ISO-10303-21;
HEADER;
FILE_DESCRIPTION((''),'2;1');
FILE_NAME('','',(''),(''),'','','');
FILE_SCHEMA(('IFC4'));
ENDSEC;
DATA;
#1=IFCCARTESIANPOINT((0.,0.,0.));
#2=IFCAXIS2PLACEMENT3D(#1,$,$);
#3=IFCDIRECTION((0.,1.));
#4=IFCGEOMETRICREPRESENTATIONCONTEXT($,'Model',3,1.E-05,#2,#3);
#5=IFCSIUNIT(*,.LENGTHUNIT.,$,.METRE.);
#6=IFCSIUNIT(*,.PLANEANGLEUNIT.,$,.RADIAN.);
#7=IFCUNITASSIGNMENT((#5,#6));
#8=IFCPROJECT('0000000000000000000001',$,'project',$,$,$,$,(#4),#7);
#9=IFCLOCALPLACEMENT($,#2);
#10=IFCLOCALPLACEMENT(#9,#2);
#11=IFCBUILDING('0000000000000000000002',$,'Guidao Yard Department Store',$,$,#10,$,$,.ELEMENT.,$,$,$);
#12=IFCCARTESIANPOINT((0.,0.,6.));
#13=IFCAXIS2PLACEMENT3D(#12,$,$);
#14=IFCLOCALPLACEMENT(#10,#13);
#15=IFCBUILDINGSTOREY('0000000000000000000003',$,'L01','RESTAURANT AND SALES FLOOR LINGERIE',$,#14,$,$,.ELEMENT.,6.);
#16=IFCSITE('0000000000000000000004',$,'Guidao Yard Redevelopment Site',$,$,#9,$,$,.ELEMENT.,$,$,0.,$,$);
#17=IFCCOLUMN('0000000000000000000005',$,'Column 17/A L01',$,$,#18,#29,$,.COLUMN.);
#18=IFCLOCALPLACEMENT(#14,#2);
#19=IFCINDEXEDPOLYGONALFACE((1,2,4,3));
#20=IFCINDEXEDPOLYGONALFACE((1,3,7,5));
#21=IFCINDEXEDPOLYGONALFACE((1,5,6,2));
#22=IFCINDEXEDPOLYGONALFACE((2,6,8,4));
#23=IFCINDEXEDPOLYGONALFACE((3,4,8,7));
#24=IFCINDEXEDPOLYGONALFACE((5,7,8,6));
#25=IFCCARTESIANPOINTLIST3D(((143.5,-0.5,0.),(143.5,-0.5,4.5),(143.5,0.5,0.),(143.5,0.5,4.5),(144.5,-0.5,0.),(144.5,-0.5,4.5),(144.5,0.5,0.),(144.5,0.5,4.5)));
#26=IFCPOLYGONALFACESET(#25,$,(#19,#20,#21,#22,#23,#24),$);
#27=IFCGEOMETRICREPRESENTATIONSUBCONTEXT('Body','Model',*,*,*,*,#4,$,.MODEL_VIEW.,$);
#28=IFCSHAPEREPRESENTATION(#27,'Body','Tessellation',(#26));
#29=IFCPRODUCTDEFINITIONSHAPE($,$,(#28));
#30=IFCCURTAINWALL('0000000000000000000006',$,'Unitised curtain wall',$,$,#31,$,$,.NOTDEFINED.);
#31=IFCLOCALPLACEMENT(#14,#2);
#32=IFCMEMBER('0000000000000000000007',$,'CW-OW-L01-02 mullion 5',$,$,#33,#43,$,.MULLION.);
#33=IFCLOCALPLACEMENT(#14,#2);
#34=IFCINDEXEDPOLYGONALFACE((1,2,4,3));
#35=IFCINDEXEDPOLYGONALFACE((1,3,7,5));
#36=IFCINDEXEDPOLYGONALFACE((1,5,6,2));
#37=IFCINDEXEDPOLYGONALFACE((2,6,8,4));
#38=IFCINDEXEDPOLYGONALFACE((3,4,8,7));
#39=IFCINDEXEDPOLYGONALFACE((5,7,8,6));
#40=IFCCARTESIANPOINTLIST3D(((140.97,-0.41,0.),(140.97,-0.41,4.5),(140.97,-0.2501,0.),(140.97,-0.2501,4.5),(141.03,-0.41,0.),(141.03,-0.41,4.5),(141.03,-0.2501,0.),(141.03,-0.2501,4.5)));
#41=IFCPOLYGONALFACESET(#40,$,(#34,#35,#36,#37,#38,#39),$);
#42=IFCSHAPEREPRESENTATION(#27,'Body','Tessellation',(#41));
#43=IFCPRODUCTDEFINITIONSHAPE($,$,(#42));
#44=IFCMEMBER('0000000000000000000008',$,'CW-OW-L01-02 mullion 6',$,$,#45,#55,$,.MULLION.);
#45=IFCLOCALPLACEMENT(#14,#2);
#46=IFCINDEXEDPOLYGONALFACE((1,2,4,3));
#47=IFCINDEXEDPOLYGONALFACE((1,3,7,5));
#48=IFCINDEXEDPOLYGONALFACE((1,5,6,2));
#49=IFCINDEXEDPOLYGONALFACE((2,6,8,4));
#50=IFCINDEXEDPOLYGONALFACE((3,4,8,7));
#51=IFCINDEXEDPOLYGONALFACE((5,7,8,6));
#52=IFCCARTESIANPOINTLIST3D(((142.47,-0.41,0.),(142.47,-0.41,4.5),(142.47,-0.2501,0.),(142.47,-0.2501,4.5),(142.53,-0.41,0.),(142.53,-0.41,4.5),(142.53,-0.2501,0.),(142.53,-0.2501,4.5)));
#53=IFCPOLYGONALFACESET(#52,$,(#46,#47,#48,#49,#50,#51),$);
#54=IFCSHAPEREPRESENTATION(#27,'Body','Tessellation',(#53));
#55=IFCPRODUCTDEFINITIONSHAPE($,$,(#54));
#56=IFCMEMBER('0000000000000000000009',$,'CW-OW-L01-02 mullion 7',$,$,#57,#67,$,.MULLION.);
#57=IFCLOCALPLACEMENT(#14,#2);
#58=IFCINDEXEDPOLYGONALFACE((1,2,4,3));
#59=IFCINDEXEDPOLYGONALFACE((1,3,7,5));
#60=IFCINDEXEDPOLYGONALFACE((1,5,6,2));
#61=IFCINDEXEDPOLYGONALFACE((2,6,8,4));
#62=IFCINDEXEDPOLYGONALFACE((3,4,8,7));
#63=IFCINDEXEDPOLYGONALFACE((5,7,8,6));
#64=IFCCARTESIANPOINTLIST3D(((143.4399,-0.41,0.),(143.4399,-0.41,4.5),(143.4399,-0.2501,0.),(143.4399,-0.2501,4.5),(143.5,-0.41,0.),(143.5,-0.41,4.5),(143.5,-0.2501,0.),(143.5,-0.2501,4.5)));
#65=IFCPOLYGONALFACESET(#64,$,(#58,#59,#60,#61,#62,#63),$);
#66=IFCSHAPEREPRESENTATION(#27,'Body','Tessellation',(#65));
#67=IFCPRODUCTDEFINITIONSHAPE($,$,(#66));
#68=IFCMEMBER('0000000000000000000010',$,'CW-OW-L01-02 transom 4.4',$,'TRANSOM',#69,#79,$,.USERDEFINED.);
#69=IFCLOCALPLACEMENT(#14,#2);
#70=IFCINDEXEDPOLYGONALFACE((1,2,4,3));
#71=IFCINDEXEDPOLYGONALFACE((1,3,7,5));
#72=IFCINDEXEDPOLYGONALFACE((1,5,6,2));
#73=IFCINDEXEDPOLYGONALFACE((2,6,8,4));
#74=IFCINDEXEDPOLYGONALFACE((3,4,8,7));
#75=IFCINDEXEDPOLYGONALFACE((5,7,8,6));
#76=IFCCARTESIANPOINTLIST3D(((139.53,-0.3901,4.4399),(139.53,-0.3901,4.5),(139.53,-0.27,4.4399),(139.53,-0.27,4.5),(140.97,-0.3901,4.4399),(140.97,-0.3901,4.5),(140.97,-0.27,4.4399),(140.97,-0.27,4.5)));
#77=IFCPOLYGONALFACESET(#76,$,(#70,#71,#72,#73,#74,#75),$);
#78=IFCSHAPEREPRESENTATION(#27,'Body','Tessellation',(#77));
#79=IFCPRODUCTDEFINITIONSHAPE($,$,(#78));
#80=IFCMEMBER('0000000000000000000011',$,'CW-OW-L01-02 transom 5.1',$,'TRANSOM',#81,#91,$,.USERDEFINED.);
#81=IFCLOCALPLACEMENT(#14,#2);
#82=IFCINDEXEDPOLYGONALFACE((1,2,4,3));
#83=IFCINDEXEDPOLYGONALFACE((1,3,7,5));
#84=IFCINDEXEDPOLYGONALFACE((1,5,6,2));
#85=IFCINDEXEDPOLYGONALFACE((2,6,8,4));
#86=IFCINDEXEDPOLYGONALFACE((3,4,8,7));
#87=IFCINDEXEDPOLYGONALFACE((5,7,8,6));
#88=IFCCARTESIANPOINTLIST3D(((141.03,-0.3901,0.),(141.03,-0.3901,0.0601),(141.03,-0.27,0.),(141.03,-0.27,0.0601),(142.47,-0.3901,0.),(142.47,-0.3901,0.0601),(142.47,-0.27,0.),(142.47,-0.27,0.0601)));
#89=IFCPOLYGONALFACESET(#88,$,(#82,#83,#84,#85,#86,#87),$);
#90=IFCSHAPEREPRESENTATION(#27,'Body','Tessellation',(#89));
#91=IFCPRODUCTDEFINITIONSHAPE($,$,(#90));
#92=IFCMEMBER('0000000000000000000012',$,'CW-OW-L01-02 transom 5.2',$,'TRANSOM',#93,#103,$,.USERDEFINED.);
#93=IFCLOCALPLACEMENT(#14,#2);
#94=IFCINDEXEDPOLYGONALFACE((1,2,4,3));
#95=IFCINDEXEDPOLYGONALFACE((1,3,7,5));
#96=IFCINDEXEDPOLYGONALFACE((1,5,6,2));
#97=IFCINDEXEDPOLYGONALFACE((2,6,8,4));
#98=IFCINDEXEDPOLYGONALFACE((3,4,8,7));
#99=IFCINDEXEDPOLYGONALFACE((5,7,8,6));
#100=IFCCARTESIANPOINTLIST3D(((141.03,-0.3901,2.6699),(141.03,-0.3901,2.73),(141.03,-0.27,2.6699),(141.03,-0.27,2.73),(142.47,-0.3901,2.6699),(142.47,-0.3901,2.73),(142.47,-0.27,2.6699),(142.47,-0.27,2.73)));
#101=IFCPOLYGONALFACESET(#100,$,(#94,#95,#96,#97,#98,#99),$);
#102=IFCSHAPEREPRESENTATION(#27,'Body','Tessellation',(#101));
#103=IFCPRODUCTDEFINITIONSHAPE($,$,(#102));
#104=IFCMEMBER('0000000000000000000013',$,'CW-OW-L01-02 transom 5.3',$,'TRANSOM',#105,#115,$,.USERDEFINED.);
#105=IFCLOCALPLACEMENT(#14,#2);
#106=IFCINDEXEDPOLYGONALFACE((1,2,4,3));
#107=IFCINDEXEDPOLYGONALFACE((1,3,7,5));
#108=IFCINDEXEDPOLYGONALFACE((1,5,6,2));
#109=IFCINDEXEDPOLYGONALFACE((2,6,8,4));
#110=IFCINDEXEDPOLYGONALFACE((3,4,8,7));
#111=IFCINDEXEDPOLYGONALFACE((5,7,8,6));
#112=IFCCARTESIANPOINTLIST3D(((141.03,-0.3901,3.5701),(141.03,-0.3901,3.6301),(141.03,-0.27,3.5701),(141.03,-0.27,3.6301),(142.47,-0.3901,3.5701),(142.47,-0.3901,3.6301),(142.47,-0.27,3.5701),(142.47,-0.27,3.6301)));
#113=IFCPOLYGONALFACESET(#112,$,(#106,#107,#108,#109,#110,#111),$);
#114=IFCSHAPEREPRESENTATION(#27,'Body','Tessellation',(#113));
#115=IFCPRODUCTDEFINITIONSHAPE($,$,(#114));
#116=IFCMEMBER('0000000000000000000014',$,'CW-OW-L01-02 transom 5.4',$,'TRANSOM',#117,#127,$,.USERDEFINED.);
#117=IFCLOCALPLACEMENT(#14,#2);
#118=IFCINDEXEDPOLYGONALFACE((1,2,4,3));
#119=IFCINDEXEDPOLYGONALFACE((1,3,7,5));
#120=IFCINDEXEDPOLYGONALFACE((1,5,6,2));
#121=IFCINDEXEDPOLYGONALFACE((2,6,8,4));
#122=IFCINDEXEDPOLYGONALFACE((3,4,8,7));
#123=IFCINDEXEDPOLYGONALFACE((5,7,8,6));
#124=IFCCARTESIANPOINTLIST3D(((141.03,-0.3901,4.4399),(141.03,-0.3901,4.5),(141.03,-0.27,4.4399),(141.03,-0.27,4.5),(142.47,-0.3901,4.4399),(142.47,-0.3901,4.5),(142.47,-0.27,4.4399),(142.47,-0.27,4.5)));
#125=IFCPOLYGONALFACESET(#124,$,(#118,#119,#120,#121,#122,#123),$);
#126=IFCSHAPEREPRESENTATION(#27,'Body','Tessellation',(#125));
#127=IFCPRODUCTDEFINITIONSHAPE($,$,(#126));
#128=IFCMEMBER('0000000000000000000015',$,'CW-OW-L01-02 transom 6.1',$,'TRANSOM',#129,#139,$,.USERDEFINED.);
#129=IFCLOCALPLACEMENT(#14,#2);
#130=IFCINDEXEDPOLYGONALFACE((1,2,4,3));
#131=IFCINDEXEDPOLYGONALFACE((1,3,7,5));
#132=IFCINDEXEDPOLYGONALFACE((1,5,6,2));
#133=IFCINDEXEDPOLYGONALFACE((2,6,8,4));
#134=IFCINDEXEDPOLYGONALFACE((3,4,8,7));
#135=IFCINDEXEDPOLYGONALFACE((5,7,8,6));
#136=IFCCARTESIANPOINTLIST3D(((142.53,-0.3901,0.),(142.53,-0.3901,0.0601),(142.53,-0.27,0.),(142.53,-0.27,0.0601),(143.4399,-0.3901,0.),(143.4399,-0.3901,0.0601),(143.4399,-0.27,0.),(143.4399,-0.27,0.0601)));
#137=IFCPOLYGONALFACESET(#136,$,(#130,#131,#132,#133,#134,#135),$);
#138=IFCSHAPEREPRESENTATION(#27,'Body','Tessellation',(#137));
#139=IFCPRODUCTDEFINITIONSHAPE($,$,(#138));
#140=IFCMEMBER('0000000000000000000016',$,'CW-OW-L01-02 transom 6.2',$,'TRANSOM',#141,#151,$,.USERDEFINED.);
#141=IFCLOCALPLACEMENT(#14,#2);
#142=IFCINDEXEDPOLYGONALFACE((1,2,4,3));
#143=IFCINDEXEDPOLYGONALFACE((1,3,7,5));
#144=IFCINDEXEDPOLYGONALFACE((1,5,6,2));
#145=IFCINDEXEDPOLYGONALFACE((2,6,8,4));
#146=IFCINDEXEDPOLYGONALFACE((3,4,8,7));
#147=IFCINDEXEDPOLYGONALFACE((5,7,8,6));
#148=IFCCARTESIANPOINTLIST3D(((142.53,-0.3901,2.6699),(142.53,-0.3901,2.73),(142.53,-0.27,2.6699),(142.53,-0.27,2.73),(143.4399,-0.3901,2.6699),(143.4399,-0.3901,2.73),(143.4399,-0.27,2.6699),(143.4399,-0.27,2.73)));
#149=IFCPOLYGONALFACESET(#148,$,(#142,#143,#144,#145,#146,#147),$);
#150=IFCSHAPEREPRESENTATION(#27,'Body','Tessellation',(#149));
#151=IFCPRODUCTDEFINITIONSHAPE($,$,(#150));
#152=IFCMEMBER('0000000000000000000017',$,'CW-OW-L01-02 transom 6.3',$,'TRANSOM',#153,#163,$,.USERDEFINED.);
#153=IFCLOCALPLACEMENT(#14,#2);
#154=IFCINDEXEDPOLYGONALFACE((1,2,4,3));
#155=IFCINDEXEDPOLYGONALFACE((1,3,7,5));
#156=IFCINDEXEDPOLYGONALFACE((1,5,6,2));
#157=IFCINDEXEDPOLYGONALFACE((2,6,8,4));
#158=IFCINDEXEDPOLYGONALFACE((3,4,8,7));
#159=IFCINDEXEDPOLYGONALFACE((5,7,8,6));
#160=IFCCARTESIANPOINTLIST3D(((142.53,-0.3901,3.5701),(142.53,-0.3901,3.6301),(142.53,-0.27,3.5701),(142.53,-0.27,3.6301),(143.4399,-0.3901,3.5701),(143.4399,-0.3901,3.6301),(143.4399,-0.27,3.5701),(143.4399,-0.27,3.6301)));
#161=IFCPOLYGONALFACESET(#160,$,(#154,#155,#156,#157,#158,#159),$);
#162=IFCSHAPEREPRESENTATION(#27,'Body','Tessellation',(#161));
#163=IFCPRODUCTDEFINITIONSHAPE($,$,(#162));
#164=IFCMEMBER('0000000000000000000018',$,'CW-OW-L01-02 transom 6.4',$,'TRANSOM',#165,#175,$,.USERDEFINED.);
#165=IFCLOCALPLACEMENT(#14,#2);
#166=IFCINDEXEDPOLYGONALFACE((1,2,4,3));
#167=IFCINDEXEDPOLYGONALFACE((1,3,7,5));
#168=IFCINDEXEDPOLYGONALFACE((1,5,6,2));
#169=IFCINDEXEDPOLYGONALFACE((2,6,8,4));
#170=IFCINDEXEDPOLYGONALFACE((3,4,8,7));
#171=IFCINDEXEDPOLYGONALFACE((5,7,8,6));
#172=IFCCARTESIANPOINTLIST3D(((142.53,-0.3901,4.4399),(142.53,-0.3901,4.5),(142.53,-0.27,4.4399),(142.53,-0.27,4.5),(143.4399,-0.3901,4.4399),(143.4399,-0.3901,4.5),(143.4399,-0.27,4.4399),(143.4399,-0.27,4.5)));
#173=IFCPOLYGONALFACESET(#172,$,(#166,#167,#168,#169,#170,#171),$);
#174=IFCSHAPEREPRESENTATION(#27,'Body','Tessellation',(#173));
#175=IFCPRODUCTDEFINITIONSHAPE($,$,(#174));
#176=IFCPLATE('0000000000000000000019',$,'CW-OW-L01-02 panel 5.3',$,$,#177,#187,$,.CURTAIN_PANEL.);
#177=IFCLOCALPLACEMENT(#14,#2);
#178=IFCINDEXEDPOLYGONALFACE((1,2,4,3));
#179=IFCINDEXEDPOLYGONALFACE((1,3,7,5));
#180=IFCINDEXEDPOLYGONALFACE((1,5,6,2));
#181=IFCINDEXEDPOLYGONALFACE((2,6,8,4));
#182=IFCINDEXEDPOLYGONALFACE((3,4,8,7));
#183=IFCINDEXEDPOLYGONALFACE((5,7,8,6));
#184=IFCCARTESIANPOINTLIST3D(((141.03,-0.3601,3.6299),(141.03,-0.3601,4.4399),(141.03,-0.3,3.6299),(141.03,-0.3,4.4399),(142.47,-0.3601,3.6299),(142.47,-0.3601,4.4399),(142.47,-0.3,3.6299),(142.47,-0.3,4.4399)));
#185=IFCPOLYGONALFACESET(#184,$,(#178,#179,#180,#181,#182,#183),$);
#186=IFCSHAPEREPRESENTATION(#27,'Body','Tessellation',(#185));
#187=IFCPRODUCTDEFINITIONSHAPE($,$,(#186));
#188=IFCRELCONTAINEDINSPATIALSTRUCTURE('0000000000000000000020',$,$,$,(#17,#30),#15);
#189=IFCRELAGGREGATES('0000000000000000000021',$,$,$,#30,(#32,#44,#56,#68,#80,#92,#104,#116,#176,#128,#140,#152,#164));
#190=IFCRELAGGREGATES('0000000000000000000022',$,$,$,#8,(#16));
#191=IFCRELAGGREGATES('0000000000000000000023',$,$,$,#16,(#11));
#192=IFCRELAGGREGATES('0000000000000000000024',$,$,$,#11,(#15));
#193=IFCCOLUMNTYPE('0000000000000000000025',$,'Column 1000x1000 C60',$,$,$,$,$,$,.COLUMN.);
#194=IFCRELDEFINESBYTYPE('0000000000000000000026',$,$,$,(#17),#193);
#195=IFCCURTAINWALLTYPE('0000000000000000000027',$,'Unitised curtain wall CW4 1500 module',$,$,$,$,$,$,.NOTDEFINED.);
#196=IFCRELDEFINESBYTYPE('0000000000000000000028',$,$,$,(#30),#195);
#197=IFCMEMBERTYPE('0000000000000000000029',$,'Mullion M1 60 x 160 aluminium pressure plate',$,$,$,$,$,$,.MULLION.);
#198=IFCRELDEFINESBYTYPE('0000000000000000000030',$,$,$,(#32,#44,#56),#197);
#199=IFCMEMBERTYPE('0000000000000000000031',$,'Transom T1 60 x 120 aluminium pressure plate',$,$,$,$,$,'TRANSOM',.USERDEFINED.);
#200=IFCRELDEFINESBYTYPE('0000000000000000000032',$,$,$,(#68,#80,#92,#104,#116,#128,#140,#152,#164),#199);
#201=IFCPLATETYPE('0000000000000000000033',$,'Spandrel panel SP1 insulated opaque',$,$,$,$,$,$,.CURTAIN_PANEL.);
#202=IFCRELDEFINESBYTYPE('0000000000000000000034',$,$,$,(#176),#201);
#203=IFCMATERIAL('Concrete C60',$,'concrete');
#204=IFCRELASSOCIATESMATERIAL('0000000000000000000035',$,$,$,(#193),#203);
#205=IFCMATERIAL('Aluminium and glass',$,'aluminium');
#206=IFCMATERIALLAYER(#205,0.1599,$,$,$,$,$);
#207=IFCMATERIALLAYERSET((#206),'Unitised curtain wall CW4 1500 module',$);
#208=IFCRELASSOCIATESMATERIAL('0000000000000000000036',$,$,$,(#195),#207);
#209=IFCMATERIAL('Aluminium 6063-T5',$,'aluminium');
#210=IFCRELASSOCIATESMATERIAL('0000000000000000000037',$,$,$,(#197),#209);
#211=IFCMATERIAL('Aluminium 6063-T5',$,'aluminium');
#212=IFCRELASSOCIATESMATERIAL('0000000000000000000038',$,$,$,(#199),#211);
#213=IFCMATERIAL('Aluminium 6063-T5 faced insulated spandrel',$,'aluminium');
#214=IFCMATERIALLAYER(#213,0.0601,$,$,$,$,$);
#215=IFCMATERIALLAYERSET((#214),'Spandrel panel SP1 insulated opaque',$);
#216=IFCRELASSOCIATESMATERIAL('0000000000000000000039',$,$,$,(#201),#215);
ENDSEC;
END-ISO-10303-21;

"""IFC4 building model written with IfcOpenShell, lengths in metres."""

from ifc_helpers import new_model, si_unit, direction, frame, origin, origin_2d, place, context, subcontext, project, spatial, rectangle, extrude, material, layer, layer_set, material_profile, profile_set, type_object, element, aggregate, save


model = new_model("IFC4")

# Units and contexts
model_context = context("Model", 3, precision=1e-05, world=origin(), true_north=direction((0.0, 1.0)))
body_context = subcontext(model_context, "Body", "Model", "MODEL_VIEW")
ifc_project = project(units=[si_unit("LENGTHUNIT", "METRE"), si_unit("PLANEANGLEUNIT", "RADIAN")], contexts=[model_context])

# Site, building, storey
site_placement = place(None, origin())
site = spatial("IfcSite", under=ifc_project, at=site_placement, Name="Guidao Yard Redevelopment Site", CompositionType="ELEMENT", RefElevation=0.0)
building_placement = place(site_placement, origin())
building = spatial("IfcBuilding", under=site, at=building_placement, Name="Guidao Yard Department Store", CompositionType="ELEMENT")
storey_placement = place(building_placement, frame((0.0, 0.0, 6.0)))
storey = spatial("IfcBuildingStorey", under=building, at=storey_placement, Name="L01", Description="RESTAURANT AND SALES FLOOR LINGERIE", CompositionType="ELEMENT", Elevation=6.0)

# Column
ifc_material_1 = material(Name="Concrete C60", Category="concrete")
ifc_material_profile_1 = material_profile(ifc_material_1, rectangle(XDim=1.0, YDim=1.0, at=origin_2d()), Name="COL 1000x1000")
ifc_profile_set_1 = profile_set([ifc_material_profile_1], Name="Concrete C60")
column_type = type_object("IfcColumnType", Name="Column 1000x1000 C60", PredefinedType="COLUMN", material=ifc_profile_set_1)
column_placement = place(storey_placement, frame((144.0, 0.0, 0.0), z_axis=(0.0, 0.0, 1.0), x_axis=(1.0, 0.0, 0.0)))
element("IfcColumn", 1, at=column_placement, inside=storey, type_object=column_type, Name="Column 17/A L01", PredefinedType="COLUMN", context=body_context, shape_type="SweptSolid", body=[
    extrude(rectangle(XDim=1.0, YDim=1.0, at=origin_2d()), origin(), (0.0, 0.0, 1.0), 4.5),
])

# Curtain wall, members, plate
ifc_material_2 = material(Name="Aluminium and glass", Category="aluminium")
ifc_layer_1 = layer(ifc_material_2, 0.1599)
ifc_layer_set_1 = layer_set([ifc_layer_1], Name="Unitised curtain wall CW4 1500 module")
curtain_wall_type = type_object("IfcCurtainWallType", Name="Unitised curtain wall CW4 1500 module", PredefinedType="NOTDEFINED", material=ifc_layer_set_1)
curtain_wall_placement = place(storey_placement, origin())
curtain_wall = element("IfcCurtainWall", 2, at=curtain_wall_placement, inside=storey, type_object=curtain_wall_type, Name="Unitised curtain wall", PredefinedType="NOTDEFINED")
ifc_material_3 = material(Name="Aluminium 6063-T5", Category="aluminium")
ifc_material_profile_2 = material_profile(ifc_material_3, rectangle(XDim=0.0601, YDim=0.1599, at=origin_2d()), Name="Mullion M1 60 x 160 aluminium pressure plate")
ifc_profile_set_2 = profile_set([ifc_material_profile_2], Name="Aluminium 6063-T5")
member_type_1 = type_object("IfcMemberType", Name="Mullion M1 60 x 160 aluminium pressure plate", PredefinedType="MULLION", material=ifc_profile_set_2)
member_1_placement = place(storey_placement, frame((141.0, -0.3301, 0.0), z_axis=(0.0, 0.0, 1.0), x_axis=(-1.0, 0.0, 0.0)))
member_1 = element("IfcMember", 3, at=member_1_placement, type_object=member_type_1, Name="CW-OW-L01-02 mullion 5", PredefinedType="MULLION", context=body_context, shape_type="SweptSolid", body=[
    extrude(rectangle(XDim=0.0601, YDim=0.1599, at=origin_2d()), origin(), (0.0, 0.0, 1.0), 4.5),
])
member_2_placement = place(storey_placement, frame((142.5, -0.3301, 0.0), z_axis=(0.0, 0.0, 1.0), x_axis=(-1.0, 0.0, 0.0)))
member_2 = element("IfcMember", 4, at=member_2_placement, type_object=member_type_1, Name="CW-OW-L01-02 mullion 6", PredefinedType="MULLION", context=body_context, shape_type="SweptSolid", body=[
    extrude(rectangle(XDim=0.0601, YDim=0.1599, at=origin_2d()), origin(), (0.0, 0.0, 1.0), 4.5),
])
member_3_placement = place(storey_placement, frame((143.47, -0.3301, 0.0), z_axis=(0.0, 0.0, 1.0), x_axis=(-1.0, 0.0, 0.0)))
member_3 = element("IfcMember", 5, at=member_3_placement, type_object=member_type_1, Name="CW-OW-L01-02 mullion 7", PredefinedType="MULLION", context=body_context, shape_type="SweptSolid", body=[
    extrude(rectangle(XDim=0.0601, YDim=0.1599, at=origin_2d()), origin(), (0.0, 0.0, 1.0), 4.5),
])
ifc_material_4 = material(Name="Aluminium 6063-T5", Category="aluminium")
ifc_material_profile_3 = material_profile(ifc_material_4, rectangle(XDim=0.1201, YDim=0.0601, at=origin_2d()), Name="Transom T1 60 x 120 aluminium pressure plate")
ifc_profile_set_3 = profile_set([ifc_material_profile_3], Name="Aluminium 6063-T5")
member_type_2 = type_object("IfcMemberType", Name="Transom T1 60 x 120 aluminium pressure plate", ElementType="TRANSOM", PredefinedType="USERDEFINED", material=ifc_profile_set_3)
member_4_placement = place(storey_placement, frame((140.97, -0.3301, 4.47), z_axis=(-1.0, 0.0, 0.0), x_axis=(0.0, -1.0, 0.0)))
member_4 = element("IfcMember", 6, at=member_4_placement, type_object=member_type_2, Name="CW-OW-L01-02 transom 4.4", ObjectType="TRANSOM", PredefinedType="USERDEFINED", context=body_context, shape_type="SweptSolid", body=[
    extrude(rectangle(XDim=0.1201, YDim=0.0601, at=origin_2d()), origin(), (0.0, 0.0, 1.0), 1.4399),
])
member_5_placement = place(storey_placement, frame((142.47, -0.3301, 0.03), z_axis=(-1.0, 0.0, 0.0), x_axis=(0.0, -1.0, 0.0)))
member_5 = element("IfcMember", 7, at=member_5_placement, type_object=member_type_2, Name="CW-OW-L01-02 transom 5.1", ObjectType="TRANSOM", PredefinedType="USERDEFINED", context=body_context, shape_type="SweptSolid", body=[
    extrude(rectangle(XDim=0.1201, YDim=0.0601, at=origin_2d()), origin(), (0.0, 0.0, 1.0), 1.4399),
])
member_6_placement = place(storey_placement, frame((142.47, -0.3301, 2.7), z_axis=(-1.0, 0.0, 0.0), x_axis=(0.0, -1.0, 0.0)))
member_6 = element("IfcMember", 8, at=member_6_placement, type_object=member_type_2, Name="CW-OW-L01-02 transom 5.2", ObjectType="TRANSOM", PredefinedType="USERDEFINED", context=body_context, shape_type="SweptSolid", body=[
    extrude(rectangle(XDim=0.1201, YDim=0.0601, at=origin_2d()), origin(), (0.0, 0.0, 1.0), 1.4399),
])
member_7_placement = place(storey_placement, frame((142.47, -0.3301, 3.6001), z_axis=(-1.0, 0.0, 0.0), x_axis=(0.0, -1.0, 0.0)))
member_7 = element("IfcMember", 9, at=member_7_placement, type_object=member_type_2, Name="CW-OW-L01-02 transom 5.3", ObjectType="TRANSOM", PredefinedType="USERDEFINED", context=body_context, shape_type="SweptSolid", body=[
    extrude(rectangle(XDim=0.1201, YDim=0.0601, at=origin_2d()), origin(), (0.0, 0.0, 1.0), 1.4399),
])
member_8_placement = place(storey_placement, frame((142.47, -0.3301, 4.47), z_axis=(-1.0, 0.0, 0.0), x_axis=(0.0, -1.0, 0.0)))
member_8 = element("IfcMember", 10, at=member_8_placement, type_object=member_type_2, Name="CW-OW-L01-02 transom 5.4", ObjectType="TRANSOM", PredefinedType="USERDEFINED", context=body_context, shape_type="SweptSolid", body=[
    extrude(rectangle(XDim=0.1201, YDim=0.0601, at=origin_2d()), origin(), (0.0, 0.0, 1.0), 1.4399),
])
member_9_placement = place(storey_placement, frame((143.4399, -0.3301, 0.03), z_axis=(-1.0, 0.0, 0.0), x_axis=(0.0, -1.0, 0.0)))
member_9 = element("IfcMember", 11, at=member_9_placement, type_object=member_type_2, Name="CW-OW-L01-02 transom 6.1", ObjectType="TRANSOM", PredefinedType="USERDEFINED", context=body_context, shape_type="SweptSolid", body=[
    extrude(rectangle(XDim=0.1201, YDim=0.0601, at=origin_2d()), origin(), (0.0, 0.0, 1.0), 0.9099),
])
member_10_placement = place(storey_placement, frame((143.4399, -0.3301, 2.7), z_axis=(-1.0, 0.0, 0.0), x_axis=(0.0, -1.0, 0.0)))
member_10 = element("IfcMember", 12, at=member_10_placement, type_object=member_type_2, Name="CW-OW-L01-02 transom 6.2", ObjectType="TRANSOM", PredefinedType="USERDEFINED", context=body_context, shape_type="SweptSolid", body=[
    extrude(rectangle(XDim=0.1201, YDim=0.0601, at=origin_2d()), origin(), (0.0, 0.0, 1.0), 0.9099),
])
member_11_placement = place(storey_placement, frame((143.4399, -0.3301, 3.6001), z_axis=(-1.0, 0.0, 0.0), x_axis=(0.0, -1.0, 0.0)))
member_11 = element("IfcMember", 13, at=member_11_placement, type_object=member_type_2, Name="CW-OW-L01-02 transom 6.3", ObjectType="TRANSOM", PredefinedType="USERDEFINED", context=body_context, shape_type="SweptSolid", body=[
    extrude(rectangle(XDim=0.1201, YDim=0.0601, at=origin_2d()), origin(), (0.0, 0.0, 1.0), 0.9099),
])
member_12_placement = place(storey_placement, frame((143.4399, -0.3301, 4.47), z_axis=(-1.0, 0.0, 0.0), x_axis=(0.0, -1.0, 0.0)))
member_12 = element("IfcMember", 14, at=member_12_placement, type_object=member_type_2, Name="CW-OW-L01-02 transom 6.4", ObjectType="TRANSOM", PredefinedType="USERDEFINED", context=body_context, shape_type="SweptSolid", body=[
    extrude(rectangle(XDim=0.1201, YDim=0.0601, at=origin_2d()), origin(), (0.0, 0.0, 1.0), 0.9099),
])
ifc_material_5 = material(Name="Aluminium 6063-T5 faced insulated spandrel", Category="aluminium")
ifc_layer_2 = layer(ifc_material_5, 0.0601)
ifc_layer_set_2 = layer_set([ifc_layer_2], Name="Spandrel panel SP1 insulated opaque")
plate_type_1 = type_object("IfcPlateType", Name="Spandrel panel SP1 insulated opaque", PredefinedType="CURTAIN_PANEL", material=ifc_layer_set_2)
plate_1_placement = place(storey_placement, frame((141.75, -0.3301, 3.6299), z_axis=(0.0, 0.0, 1.0), x_axis=(-1.0, 0.0, 0.0)))
plate_1 = element("IfcPlate", 15, at=plate_1_placement, type_object=plate_type_1, Name="CW-OW-L01-02 panel 5.3", PredefinedType="CURTAIN_PANEL", context=body_context, shape_type="SweptSolid", body=[
    extrude(rectangle(XDim=1.4399, YDim=0.0601, at=origin_2d()), origin(), (0.0, 0.0, 1.0), 0.8101),
])
aggregate(curtain_wall, [member_1, member_2, member_3, member_4, member_5, member_6, member_7, member_8, plate_1, member_9, member_10, member_11, member_12])

save(model, "model.ifc")
